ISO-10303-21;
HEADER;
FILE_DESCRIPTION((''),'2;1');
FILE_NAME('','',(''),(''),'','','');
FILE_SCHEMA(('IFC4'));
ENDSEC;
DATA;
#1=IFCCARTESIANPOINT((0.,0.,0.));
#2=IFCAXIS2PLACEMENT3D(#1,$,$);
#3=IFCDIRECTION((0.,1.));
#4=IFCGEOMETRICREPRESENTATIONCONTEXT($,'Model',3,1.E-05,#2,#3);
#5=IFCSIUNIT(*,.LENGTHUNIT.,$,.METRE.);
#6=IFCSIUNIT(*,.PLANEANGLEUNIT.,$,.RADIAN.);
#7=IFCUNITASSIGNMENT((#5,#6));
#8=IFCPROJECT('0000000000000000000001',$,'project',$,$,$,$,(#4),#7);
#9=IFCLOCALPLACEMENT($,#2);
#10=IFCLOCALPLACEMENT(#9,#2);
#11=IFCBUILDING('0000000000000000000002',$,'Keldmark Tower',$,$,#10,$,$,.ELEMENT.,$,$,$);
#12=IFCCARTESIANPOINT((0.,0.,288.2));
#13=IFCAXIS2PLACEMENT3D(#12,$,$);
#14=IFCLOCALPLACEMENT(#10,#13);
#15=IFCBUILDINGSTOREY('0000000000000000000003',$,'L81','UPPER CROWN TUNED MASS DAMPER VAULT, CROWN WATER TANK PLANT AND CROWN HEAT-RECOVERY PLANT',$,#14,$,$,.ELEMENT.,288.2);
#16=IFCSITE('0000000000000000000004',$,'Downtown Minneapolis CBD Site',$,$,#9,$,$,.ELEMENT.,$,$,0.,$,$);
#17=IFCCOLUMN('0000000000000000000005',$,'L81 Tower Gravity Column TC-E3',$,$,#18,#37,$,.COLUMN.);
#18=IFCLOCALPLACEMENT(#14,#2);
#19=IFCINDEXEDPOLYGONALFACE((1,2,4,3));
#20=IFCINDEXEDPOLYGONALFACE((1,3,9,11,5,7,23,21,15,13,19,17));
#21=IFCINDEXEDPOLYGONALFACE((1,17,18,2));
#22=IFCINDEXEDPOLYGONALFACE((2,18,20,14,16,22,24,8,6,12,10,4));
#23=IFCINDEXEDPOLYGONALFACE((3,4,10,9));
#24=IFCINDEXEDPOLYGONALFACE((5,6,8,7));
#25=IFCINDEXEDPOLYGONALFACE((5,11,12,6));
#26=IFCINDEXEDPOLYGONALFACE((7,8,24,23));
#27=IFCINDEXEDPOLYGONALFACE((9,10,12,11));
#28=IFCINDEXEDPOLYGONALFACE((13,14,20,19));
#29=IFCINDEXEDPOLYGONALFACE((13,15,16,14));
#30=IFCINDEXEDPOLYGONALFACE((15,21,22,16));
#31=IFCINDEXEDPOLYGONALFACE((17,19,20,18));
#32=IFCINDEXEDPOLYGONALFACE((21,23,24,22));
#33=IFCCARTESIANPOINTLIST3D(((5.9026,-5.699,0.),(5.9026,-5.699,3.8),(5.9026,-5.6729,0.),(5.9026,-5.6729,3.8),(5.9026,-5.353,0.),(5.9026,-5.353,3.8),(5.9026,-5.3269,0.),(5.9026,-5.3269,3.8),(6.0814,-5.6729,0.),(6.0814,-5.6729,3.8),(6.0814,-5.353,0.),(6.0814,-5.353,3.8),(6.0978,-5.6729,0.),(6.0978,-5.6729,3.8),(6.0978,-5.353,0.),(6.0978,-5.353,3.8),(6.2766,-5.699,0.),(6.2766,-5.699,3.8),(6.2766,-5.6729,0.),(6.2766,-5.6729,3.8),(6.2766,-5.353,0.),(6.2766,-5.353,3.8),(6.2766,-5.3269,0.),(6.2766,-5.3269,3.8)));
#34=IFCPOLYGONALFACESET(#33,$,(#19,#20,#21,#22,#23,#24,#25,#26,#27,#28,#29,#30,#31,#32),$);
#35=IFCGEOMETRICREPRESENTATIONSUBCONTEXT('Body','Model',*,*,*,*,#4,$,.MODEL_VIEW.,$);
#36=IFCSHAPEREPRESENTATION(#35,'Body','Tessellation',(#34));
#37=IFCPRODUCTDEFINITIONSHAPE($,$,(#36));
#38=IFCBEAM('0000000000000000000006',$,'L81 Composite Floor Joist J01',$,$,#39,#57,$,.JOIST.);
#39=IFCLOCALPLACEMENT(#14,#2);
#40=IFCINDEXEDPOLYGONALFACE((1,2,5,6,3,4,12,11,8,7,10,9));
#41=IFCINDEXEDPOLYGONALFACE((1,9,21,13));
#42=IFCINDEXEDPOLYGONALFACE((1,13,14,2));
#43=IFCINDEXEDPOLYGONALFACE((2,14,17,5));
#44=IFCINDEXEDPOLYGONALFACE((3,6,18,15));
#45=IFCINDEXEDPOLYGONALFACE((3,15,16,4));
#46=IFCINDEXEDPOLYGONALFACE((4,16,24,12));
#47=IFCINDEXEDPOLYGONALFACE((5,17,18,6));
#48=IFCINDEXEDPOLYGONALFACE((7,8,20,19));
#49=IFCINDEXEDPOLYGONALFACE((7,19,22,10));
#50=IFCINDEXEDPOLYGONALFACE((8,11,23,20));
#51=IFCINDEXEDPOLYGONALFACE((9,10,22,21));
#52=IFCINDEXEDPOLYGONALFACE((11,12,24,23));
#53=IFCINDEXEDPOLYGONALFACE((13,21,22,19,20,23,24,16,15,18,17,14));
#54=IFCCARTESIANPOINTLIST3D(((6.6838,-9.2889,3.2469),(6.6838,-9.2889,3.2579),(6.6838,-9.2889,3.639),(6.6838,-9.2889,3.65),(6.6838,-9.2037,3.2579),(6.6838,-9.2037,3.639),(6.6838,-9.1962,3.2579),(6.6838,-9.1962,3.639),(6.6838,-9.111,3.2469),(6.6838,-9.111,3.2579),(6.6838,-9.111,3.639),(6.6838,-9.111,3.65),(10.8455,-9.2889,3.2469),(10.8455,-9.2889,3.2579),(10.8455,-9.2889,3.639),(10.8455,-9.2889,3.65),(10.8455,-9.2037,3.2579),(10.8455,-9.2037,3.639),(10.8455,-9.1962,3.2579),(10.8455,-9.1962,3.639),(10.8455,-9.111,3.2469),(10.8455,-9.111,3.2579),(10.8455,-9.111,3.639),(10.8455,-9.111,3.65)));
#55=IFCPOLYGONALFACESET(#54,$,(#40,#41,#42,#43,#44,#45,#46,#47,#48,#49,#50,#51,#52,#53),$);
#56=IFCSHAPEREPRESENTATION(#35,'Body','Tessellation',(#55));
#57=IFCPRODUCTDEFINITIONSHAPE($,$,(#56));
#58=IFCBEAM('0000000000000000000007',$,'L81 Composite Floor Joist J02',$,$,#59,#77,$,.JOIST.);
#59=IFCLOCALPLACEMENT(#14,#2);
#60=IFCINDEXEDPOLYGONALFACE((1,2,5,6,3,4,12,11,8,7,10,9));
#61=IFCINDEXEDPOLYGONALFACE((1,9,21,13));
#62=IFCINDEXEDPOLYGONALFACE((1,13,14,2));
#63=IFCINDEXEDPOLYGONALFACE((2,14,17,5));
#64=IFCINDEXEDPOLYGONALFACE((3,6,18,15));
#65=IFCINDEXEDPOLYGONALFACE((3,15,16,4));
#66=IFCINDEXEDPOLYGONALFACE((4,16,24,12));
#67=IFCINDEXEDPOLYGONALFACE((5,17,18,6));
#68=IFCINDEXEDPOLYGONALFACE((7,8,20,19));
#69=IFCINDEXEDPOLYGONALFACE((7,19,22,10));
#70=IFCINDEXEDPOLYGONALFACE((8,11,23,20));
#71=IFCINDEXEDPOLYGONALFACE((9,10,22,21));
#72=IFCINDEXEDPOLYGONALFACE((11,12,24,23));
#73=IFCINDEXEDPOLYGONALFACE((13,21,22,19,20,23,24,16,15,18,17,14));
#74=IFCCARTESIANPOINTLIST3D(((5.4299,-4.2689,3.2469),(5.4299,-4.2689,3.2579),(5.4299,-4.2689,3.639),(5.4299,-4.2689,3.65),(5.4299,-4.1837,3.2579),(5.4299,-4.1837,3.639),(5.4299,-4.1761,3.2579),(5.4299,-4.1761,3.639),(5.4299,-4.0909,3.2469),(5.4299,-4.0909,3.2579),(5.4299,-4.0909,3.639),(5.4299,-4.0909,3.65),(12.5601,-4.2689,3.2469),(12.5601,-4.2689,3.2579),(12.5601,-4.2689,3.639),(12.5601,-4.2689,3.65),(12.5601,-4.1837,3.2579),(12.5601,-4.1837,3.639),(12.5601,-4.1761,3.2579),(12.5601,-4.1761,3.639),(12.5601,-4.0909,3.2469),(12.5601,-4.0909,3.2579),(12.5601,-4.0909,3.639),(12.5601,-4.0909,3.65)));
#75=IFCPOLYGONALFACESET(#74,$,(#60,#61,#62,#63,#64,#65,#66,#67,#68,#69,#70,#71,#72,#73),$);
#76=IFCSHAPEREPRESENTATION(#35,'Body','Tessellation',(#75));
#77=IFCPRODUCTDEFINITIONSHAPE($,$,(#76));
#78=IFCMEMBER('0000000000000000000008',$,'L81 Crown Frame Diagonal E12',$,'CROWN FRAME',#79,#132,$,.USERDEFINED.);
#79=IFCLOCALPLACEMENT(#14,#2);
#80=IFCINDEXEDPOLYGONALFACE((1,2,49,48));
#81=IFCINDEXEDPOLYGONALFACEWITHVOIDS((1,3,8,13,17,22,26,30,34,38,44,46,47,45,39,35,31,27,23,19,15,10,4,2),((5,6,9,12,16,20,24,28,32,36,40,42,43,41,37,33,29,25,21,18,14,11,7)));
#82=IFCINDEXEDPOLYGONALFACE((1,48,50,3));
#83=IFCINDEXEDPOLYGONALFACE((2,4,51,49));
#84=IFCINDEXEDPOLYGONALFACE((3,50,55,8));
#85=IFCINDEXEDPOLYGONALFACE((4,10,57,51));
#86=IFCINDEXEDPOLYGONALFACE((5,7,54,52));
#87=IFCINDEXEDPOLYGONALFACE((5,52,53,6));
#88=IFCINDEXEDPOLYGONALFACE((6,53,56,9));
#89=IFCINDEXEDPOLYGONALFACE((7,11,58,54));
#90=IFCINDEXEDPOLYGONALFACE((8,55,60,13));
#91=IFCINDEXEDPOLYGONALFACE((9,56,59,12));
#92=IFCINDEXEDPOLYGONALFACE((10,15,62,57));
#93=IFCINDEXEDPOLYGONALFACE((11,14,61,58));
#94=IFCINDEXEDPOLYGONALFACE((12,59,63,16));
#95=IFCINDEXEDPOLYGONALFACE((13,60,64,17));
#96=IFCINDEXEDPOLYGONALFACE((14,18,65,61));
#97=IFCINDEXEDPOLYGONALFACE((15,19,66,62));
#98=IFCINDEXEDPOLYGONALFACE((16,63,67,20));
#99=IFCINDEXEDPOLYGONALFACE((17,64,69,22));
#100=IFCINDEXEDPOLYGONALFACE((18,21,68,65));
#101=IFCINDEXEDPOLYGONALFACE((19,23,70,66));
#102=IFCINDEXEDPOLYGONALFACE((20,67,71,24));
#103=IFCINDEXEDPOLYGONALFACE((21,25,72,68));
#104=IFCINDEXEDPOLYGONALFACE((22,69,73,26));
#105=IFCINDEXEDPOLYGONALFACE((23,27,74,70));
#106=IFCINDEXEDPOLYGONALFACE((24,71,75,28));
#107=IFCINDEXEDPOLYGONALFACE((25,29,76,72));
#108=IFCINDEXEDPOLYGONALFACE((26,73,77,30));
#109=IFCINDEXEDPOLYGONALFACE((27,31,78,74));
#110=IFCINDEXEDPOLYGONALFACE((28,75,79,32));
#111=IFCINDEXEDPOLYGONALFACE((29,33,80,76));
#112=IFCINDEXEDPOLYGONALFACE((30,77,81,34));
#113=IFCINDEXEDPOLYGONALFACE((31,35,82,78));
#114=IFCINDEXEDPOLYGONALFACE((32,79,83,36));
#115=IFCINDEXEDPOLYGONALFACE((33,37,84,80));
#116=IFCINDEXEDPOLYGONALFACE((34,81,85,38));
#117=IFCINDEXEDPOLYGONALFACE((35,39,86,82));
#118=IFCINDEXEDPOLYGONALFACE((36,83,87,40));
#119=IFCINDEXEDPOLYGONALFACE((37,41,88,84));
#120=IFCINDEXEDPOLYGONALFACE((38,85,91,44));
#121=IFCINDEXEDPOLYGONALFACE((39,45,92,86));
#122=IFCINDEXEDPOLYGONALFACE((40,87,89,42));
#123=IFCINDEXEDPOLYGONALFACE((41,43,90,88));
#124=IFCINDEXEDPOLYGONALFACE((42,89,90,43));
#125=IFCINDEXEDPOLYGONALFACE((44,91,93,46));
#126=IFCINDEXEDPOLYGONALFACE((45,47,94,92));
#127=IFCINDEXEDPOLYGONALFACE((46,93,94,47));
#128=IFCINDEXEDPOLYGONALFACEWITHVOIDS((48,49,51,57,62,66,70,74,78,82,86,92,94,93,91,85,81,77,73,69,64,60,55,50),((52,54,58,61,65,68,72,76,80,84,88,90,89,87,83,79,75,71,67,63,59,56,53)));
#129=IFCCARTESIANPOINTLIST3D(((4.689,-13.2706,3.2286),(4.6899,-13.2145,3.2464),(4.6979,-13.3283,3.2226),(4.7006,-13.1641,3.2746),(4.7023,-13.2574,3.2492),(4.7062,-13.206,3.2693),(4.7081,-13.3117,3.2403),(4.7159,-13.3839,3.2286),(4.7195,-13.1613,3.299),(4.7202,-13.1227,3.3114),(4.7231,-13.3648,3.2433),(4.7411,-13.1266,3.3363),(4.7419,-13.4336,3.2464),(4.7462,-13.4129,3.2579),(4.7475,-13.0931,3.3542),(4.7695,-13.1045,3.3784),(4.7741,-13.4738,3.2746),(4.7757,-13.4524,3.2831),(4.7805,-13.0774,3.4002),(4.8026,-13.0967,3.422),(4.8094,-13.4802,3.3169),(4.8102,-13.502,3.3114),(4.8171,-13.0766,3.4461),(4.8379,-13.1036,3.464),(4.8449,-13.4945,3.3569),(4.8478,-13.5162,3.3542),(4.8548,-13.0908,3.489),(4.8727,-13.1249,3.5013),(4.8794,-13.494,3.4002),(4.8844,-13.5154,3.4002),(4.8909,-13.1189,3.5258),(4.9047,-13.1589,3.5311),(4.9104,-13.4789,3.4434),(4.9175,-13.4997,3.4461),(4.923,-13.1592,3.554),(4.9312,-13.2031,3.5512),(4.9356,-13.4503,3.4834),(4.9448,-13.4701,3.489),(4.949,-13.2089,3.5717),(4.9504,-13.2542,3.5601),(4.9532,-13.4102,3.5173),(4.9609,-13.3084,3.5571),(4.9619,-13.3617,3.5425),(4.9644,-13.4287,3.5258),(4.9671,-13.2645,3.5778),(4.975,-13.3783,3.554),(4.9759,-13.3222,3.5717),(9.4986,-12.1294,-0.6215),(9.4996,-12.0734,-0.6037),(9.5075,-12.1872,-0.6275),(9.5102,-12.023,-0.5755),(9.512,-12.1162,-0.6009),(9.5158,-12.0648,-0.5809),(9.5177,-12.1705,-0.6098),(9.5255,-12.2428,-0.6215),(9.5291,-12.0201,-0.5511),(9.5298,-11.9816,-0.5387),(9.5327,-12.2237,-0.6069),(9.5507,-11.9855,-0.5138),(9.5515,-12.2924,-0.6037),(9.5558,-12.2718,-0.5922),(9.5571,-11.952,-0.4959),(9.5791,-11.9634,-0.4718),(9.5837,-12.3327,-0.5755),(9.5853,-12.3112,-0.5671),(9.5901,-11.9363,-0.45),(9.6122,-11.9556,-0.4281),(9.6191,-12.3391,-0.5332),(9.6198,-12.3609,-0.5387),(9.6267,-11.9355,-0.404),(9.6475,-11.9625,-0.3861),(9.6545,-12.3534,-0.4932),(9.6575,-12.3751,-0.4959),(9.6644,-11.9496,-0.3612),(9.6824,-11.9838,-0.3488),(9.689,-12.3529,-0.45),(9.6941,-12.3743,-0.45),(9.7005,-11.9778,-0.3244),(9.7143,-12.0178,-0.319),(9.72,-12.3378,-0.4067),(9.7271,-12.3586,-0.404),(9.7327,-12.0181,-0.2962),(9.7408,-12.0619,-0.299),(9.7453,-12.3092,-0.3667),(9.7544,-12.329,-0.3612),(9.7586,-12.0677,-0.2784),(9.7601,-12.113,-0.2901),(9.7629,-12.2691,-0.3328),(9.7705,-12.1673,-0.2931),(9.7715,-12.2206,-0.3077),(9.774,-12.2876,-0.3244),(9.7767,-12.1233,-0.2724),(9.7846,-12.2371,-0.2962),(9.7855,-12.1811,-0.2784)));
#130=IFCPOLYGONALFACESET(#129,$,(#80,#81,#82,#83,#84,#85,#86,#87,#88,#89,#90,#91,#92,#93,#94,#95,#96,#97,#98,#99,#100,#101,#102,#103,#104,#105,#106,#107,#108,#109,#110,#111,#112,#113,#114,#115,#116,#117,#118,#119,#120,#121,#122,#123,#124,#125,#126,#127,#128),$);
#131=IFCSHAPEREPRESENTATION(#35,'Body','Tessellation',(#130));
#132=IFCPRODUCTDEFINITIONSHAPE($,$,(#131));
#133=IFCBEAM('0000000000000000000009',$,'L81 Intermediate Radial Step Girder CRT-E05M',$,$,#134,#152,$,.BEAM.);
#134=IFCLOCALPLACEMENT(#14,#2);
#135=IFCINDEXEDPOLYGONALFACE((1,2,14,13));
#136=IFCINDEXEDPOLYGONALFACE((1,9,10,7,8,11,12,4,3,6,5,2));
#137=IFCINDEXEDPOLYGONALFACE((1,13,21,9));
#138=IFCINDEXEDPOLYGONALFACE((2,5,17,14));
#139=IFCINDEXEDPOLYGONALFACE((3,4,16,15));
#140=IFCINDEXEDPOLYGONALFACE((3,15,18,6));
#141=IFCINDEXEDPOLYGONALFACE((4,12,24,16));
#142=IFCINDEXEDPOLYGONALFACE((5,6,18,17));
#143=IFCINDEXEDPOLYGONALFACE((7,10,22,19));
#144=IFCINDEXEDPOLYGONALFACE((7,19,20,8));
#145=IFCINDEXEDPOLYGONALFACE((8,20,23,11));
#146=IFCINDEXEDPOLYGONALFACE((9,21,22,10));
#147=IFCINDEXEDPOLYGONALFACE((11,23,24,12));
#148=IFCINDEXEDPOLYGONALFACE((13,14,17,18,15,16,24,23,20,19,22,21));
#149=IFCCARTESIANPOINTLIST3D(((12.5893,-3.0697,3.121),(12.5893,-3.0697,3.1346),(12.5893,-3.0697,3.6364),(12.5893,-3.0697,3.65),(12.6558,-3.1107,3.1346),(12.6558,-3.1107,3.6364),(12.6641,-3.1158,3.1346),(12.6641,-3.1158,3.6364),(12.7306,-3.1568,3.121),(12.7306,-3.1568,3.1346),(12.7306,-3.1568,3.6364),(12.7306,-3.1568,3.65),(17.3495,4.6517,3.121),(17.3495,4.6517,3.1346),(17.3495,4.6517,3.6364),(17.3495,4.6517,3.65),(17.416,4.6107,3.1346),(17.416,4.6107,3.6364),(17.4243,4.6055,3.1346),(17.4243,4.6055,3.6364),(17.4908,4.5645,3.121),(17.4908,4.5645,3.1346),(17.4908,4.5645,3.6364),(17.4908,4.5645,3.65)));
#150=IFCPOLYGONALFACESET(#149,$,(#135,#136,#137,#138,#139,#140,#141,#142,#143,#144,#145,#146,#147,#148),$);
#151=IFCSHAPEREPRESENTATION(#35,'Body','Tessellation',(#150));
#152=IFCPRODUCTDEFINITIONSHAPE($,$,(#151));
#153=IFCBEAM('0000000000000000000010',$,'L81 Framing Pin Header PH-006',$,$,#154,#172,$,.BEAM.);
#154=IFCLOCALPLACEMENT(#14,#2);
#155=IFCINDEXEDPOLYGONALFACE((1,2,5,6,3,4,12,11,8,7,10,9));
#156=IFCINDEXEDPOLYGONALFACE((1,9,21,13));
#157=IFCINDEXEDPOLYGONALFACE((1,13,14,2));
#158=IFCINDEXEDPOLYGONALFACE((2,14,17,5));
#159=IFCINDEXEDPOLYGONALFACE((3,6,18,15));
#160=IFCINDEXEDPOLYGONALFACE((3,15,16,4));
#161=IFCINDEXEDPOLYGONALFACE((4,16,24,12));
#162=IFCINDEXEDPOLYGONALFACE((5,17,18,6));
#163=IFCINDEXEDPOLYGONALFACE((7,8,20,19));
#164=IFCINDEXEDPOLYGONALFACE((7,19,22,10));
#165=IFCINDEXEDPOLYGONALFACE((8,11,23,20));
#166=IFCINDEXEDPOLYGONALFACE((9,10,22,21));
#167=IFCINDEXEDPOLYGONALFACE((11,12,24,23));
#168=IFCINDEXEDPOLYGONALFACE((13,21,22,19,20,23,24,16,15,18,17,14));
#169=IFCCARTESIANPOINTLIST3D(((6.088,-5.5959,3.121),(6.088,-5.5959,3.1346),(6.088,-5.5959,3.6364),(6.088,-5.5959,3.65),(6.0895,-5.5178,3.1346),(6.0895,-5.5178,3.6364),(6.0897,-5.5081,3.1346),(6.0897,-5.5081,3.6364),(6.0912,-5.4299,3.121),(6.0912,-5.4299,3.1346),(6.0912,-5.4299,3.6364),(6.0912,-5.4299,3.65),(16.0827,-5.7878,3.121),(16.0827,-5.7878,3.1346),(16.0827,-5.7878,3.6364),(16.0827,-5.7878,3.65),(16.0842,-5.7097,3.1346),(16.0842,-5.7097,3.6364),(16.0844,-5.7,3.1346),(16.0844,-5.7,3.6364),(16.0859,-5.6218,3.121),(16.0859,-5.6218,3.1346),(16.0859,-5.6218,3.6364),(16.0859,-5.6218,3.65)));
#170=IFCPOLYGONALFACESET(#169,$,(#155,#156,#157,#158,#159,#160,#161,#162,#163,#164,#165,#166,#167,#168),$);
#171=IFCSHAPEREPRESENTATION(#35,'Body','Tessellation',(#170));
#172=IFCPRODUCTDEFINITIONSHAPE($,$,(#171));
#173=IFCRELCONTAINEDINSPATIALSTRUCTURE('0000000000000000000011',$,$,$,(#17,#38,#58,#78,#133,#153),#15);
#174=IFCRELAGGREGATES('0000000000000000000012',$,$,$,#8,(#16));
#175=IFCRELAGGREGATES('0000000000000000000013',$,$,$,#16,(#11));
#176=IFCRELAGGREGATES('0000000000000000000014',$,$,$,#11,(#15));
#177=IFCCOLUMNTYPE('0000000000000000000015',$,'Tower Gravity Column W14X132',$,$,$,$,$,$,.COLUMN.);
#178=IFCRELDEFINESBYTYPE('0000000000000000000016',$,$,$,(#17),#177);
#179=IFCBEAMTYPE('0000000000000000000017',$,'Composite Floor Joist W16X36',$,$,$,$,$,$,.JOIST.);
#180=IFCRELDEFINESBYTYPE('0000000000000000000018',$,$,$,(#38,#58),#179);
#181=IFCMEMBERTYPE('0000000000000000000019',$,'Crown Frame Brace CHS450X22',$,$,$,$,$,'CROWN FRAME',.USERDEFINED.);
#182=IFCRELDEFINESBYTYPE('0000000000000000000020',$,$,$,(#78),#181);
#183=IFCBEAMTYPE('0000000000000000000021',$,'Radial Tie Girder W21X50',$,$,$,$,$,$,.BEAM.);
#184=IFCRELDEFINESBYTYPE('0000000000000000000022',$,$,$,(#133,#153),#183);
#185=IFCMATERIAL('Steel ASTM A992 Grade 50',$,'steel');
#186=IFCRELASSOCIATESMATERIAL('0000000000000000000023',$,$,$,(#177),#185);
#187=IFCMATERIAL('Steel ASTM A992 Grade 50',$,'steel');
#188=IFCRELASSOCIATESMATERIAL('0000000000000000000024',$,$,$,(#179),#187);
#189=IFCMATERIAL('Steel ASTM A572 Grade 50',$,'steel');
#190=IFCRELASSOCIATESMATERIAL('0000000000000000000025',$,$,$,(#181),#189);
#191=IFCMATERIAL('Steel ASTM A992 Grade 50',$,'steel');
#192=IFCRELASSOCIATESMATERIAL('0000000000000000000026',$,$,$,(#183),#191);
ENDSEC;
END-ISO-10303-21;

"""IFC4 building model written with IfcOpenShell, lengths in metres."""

from ifc_helpers import new_model, si_unit, direction, frame, origin, origin_2d, place, context, subcontext, project, spatial, hollow_circle, i_section, extrude, material, material_profile, profile_set, type_object, element, save


model = new_model("IFC4")

# Units and contexts
model_context = context("Model", 3, precision=1e-05, world=origin(), true_north=direction((0.0, 1.0)))
body_context = subcontext(model_context, "Body", "Model", "MODEL_VIEW")
ifc_project = project(units=[si_unit("LENGTHUNIT", "METRE"), si_unit("PLANEANGLEUNIT", "RADIAN")], contexts=[model_context])

# Site, building, storey
site_placement = place(None, origin())
site = spatial("IfcSite", under=ifc_project, at=site_placement, Name="Downtown Minneapolis CBD Site", CompositionType="ELEMENT", RefElevation=0.0)
building_placement = place(site_placement, origin())
building = spatial("IfcBuilding", under=site, at=building_placement, Name="Keldmark Tower", CompositionType="ELEMENT")
storey_placement = place(building_placement, frame((0.0, 0.0, 288.2)))
storey = spatial("IfcBuildingStorey", under=building, at=storey_placement, Name="L81", Description="UPPER CROWN TUNED MASS DAMPER VAULT, CROWN WATER TANK PLANT AND CROWN HEAT-RECOVERY PLANT", CompositionType="ELEMENT", Elevation=288.2)

# Column
ifc_material_1 = material(Name="Steel ASTM A992 Grade 50", Category="steel")
ifc_material_profile_1 = material_profile(ifc_material_1, i_section(OverallWidth=0.374, OverallDepth=0.3721, WebThickness=0.0164, FlangeThickness=0.0261, at=origin_2d()), Name="W14X132")
ifc_profile_set_1 = profile_set([ifc_material_profile_1], Name="Steel ASTM A992 Grade 50")
column_type = type_object("IfcColumnType", Name="Tower Gravity Column W14X132", PredefinedType="COLUMN", material=ifc_profile_set_1)
column_placement = place(storey_placement, frame((6.0896, -5.5129, 0.0), z_axis=(0.0, 0.0, 1.0), x_axis=(1.0, 0.0, 0.0)))
element("IfcColumn", 1, at=column_placement, inside=storey, type_object=column_type, Name="L81 Tower Gravity Column TC-E3", PredefinedType="COLUMN", context=body_context, shape_type="SweptSolid", body=[
    extrude(i_section(OverallWidth=0.374, OverallDepth=0.3721, WebThickness=0.0164, FlangeThickness=0.0261, at=origin_2d()), origin(), (0.0, 0.0, 1.0), 3.8),
])

# Beams
ifc_material_2 = material(Name="Steel ASTM A992 Grade 50", Category="steel")
ifc_material_profile_2 = material_profile(ifc_material_2, i_section(OverallWidth=0.178, OverallDepth=0.4031, WebThickness=0.0076, FlangeThickness=0.011, at=origin_2d()), Name="W16X36")
ifc_profile_set_2 = profile_set([ifc_material_profile_2], Name="Steel ASTM A992 Grade 50")
beam_type_1 = type_object("IfcBeamType", Name="Composite Floor Joist W16X36", PredefinedType="JOIST", material=ifc_profile_set_2)
beam_1_placement = place(storey_placement, frame((6.6838, -9.2, 3.4485), z_axis=(1.0, 0.0, 0.0), x_axis=(0.0, 1.0, 0.0)))
element("IfcBeam", 2, at=beam_1_placement, inside=storey, type_object=beam_type_1, Name="L81 Composite Floor Joist J01", PredefinedType="JOIST", context=body_context, shape_type="SweptSolid", body=[
    extrude(i_section(OverallWidth=0.178, OverallDepth=0.4031, WebThickness=0.0076, FlangeThickness=0.011, at=origin_2d()), origin(), (0.0, 0.0, 1.0), 4.1616),
])
beam_2_placement = place(storey_placement, frame((5.4299, -4.1799, 3.4485), z_axis=(1.0, 0.0, 0.0), x_axis=(0.0, 1.0, 0.0)))
element("IfcBeam", 3, at=beam_2_placement, inside=storey, type_object=beam_type_1, Name="L81 Composite Floor Joist J02", PredefinedType="JOIST", context=body_context, shape_type="SweptSolid", body=[
    extrude(i_section(OverallWidth=0.178, OverallDepth=0.4031, WebThickness=0.0076, FlangeThickness=0.011, at=origin_2d()), origin(), (0.0, 0.0, 1.0), 7.1301),
])

# Member
ifc_material_3 = material(Name="Steel ASTM A572 Grade 50", Category="steel")
ifc_material_profile_3 = material_profile(ifc_material_3, hollow_circle(Radius=0.2251, WallThickness=0.022, at=origin_2d()), Name="CHS450X22")
ifc_profile_set_3 = profile_set([ifc_material_profile_3], Name="Steel ASTM A572 Grade 50")
member_type = type_object("IfcMemberType", Name="Crown Frame Brace CHS450X22", ElementType="CROWN FRAME", PredefinedType="USERDEFINED", material=ifc_profile_set_3)
member_placement = place(storey_placement, frame((9.6421, -12.1553, -0.45), z_axis=(-0.767619, -0.182124, 0.614485), x_axis=(0.23085, -0.972989, 0.0)))
element("IfcMember", 4, at=member_placement, inside=storey, type_object=member_type, Name="L81 Crown Frame Diagonal E12", ObjectType="CROWN FRAME", PredefinedType="USERDEFINED", context=body_context, shape_type="SweptSolid", body=[
    extrude(hollow_circle(Radius=0.2251, WallThickness=0.022, at=origin_2d()), origin(), (0.0, 0.0, 1.0), 6.2656),
])

# Beams
ifc_material_4 = material(Name="Steel ASTM A992 Grade 50", Category="steel")
ifc_material_profile_4 = material_profile(ifc_material_4, i_section(OverallWidth=0.166, OverallDepth=0.5291, WebThickness=0.0098, FlangeThickness=0.0137, at=origin_2d()), Name="W21X50")
ifc_profile_set_4 = profile_set([ifc_material_profile_4], Name="Steel ASTM A992 Grade 50")
beam_type_2 = type_object("IfcBeamType", Name="Radial Tie Girder W21X50", PredefinedType="BEAM", material=ifc_profile_set_4)
beam_3_placement = place(storey_placement, frame((12.6599, -3.1133, 3.3855), z_axis=(0.524785, 0.851235, 0.0), x_axis=(-0.851235, 0.524785, 0.0)))
element("IfcBeam", 5, at=beam_3_placement, inside=storey, type_object=beam_type_2, Name="L81 Intermediate Radial Step Girder CRT-E05M", PredefinedType="BEAM", context=body_context, shape_type="SweptSolid", body=[
    extrude(i_section(OverallWidth=0.166, OverallDepth=0.5291, WebThickness=0.0098, FlangeThickness=0.0137, at=origin_2d()), origin(), (0.0, 0.0, 1.0), 9.0708),
])
beam_4_placement = place(storey_placement, frame((6.0896, -5.5129, 3.3855), z_axis=(0.999816, -0.019196, 0.0), x_axis=(0.019196, 0.999816, 0.0)))
element("IfcBeam", 6, at=beam_4_placement, inside=storey, type_object=beam_type_2, Name="L81 Framing Pin Header PH-006", PredefinedType="BEAM", context=body_context, shape_type="SweptSolid", body=[
    extrude(i_section(OverallWidth=0.166, OverallDepth=0.5291, WebThickness=0.0098, FlangeThickness=0.0137, at=origin_2d()), origin(), (0.0, 0.0, 1.0), 9.9966),
])

save(model, "model.ifc")
